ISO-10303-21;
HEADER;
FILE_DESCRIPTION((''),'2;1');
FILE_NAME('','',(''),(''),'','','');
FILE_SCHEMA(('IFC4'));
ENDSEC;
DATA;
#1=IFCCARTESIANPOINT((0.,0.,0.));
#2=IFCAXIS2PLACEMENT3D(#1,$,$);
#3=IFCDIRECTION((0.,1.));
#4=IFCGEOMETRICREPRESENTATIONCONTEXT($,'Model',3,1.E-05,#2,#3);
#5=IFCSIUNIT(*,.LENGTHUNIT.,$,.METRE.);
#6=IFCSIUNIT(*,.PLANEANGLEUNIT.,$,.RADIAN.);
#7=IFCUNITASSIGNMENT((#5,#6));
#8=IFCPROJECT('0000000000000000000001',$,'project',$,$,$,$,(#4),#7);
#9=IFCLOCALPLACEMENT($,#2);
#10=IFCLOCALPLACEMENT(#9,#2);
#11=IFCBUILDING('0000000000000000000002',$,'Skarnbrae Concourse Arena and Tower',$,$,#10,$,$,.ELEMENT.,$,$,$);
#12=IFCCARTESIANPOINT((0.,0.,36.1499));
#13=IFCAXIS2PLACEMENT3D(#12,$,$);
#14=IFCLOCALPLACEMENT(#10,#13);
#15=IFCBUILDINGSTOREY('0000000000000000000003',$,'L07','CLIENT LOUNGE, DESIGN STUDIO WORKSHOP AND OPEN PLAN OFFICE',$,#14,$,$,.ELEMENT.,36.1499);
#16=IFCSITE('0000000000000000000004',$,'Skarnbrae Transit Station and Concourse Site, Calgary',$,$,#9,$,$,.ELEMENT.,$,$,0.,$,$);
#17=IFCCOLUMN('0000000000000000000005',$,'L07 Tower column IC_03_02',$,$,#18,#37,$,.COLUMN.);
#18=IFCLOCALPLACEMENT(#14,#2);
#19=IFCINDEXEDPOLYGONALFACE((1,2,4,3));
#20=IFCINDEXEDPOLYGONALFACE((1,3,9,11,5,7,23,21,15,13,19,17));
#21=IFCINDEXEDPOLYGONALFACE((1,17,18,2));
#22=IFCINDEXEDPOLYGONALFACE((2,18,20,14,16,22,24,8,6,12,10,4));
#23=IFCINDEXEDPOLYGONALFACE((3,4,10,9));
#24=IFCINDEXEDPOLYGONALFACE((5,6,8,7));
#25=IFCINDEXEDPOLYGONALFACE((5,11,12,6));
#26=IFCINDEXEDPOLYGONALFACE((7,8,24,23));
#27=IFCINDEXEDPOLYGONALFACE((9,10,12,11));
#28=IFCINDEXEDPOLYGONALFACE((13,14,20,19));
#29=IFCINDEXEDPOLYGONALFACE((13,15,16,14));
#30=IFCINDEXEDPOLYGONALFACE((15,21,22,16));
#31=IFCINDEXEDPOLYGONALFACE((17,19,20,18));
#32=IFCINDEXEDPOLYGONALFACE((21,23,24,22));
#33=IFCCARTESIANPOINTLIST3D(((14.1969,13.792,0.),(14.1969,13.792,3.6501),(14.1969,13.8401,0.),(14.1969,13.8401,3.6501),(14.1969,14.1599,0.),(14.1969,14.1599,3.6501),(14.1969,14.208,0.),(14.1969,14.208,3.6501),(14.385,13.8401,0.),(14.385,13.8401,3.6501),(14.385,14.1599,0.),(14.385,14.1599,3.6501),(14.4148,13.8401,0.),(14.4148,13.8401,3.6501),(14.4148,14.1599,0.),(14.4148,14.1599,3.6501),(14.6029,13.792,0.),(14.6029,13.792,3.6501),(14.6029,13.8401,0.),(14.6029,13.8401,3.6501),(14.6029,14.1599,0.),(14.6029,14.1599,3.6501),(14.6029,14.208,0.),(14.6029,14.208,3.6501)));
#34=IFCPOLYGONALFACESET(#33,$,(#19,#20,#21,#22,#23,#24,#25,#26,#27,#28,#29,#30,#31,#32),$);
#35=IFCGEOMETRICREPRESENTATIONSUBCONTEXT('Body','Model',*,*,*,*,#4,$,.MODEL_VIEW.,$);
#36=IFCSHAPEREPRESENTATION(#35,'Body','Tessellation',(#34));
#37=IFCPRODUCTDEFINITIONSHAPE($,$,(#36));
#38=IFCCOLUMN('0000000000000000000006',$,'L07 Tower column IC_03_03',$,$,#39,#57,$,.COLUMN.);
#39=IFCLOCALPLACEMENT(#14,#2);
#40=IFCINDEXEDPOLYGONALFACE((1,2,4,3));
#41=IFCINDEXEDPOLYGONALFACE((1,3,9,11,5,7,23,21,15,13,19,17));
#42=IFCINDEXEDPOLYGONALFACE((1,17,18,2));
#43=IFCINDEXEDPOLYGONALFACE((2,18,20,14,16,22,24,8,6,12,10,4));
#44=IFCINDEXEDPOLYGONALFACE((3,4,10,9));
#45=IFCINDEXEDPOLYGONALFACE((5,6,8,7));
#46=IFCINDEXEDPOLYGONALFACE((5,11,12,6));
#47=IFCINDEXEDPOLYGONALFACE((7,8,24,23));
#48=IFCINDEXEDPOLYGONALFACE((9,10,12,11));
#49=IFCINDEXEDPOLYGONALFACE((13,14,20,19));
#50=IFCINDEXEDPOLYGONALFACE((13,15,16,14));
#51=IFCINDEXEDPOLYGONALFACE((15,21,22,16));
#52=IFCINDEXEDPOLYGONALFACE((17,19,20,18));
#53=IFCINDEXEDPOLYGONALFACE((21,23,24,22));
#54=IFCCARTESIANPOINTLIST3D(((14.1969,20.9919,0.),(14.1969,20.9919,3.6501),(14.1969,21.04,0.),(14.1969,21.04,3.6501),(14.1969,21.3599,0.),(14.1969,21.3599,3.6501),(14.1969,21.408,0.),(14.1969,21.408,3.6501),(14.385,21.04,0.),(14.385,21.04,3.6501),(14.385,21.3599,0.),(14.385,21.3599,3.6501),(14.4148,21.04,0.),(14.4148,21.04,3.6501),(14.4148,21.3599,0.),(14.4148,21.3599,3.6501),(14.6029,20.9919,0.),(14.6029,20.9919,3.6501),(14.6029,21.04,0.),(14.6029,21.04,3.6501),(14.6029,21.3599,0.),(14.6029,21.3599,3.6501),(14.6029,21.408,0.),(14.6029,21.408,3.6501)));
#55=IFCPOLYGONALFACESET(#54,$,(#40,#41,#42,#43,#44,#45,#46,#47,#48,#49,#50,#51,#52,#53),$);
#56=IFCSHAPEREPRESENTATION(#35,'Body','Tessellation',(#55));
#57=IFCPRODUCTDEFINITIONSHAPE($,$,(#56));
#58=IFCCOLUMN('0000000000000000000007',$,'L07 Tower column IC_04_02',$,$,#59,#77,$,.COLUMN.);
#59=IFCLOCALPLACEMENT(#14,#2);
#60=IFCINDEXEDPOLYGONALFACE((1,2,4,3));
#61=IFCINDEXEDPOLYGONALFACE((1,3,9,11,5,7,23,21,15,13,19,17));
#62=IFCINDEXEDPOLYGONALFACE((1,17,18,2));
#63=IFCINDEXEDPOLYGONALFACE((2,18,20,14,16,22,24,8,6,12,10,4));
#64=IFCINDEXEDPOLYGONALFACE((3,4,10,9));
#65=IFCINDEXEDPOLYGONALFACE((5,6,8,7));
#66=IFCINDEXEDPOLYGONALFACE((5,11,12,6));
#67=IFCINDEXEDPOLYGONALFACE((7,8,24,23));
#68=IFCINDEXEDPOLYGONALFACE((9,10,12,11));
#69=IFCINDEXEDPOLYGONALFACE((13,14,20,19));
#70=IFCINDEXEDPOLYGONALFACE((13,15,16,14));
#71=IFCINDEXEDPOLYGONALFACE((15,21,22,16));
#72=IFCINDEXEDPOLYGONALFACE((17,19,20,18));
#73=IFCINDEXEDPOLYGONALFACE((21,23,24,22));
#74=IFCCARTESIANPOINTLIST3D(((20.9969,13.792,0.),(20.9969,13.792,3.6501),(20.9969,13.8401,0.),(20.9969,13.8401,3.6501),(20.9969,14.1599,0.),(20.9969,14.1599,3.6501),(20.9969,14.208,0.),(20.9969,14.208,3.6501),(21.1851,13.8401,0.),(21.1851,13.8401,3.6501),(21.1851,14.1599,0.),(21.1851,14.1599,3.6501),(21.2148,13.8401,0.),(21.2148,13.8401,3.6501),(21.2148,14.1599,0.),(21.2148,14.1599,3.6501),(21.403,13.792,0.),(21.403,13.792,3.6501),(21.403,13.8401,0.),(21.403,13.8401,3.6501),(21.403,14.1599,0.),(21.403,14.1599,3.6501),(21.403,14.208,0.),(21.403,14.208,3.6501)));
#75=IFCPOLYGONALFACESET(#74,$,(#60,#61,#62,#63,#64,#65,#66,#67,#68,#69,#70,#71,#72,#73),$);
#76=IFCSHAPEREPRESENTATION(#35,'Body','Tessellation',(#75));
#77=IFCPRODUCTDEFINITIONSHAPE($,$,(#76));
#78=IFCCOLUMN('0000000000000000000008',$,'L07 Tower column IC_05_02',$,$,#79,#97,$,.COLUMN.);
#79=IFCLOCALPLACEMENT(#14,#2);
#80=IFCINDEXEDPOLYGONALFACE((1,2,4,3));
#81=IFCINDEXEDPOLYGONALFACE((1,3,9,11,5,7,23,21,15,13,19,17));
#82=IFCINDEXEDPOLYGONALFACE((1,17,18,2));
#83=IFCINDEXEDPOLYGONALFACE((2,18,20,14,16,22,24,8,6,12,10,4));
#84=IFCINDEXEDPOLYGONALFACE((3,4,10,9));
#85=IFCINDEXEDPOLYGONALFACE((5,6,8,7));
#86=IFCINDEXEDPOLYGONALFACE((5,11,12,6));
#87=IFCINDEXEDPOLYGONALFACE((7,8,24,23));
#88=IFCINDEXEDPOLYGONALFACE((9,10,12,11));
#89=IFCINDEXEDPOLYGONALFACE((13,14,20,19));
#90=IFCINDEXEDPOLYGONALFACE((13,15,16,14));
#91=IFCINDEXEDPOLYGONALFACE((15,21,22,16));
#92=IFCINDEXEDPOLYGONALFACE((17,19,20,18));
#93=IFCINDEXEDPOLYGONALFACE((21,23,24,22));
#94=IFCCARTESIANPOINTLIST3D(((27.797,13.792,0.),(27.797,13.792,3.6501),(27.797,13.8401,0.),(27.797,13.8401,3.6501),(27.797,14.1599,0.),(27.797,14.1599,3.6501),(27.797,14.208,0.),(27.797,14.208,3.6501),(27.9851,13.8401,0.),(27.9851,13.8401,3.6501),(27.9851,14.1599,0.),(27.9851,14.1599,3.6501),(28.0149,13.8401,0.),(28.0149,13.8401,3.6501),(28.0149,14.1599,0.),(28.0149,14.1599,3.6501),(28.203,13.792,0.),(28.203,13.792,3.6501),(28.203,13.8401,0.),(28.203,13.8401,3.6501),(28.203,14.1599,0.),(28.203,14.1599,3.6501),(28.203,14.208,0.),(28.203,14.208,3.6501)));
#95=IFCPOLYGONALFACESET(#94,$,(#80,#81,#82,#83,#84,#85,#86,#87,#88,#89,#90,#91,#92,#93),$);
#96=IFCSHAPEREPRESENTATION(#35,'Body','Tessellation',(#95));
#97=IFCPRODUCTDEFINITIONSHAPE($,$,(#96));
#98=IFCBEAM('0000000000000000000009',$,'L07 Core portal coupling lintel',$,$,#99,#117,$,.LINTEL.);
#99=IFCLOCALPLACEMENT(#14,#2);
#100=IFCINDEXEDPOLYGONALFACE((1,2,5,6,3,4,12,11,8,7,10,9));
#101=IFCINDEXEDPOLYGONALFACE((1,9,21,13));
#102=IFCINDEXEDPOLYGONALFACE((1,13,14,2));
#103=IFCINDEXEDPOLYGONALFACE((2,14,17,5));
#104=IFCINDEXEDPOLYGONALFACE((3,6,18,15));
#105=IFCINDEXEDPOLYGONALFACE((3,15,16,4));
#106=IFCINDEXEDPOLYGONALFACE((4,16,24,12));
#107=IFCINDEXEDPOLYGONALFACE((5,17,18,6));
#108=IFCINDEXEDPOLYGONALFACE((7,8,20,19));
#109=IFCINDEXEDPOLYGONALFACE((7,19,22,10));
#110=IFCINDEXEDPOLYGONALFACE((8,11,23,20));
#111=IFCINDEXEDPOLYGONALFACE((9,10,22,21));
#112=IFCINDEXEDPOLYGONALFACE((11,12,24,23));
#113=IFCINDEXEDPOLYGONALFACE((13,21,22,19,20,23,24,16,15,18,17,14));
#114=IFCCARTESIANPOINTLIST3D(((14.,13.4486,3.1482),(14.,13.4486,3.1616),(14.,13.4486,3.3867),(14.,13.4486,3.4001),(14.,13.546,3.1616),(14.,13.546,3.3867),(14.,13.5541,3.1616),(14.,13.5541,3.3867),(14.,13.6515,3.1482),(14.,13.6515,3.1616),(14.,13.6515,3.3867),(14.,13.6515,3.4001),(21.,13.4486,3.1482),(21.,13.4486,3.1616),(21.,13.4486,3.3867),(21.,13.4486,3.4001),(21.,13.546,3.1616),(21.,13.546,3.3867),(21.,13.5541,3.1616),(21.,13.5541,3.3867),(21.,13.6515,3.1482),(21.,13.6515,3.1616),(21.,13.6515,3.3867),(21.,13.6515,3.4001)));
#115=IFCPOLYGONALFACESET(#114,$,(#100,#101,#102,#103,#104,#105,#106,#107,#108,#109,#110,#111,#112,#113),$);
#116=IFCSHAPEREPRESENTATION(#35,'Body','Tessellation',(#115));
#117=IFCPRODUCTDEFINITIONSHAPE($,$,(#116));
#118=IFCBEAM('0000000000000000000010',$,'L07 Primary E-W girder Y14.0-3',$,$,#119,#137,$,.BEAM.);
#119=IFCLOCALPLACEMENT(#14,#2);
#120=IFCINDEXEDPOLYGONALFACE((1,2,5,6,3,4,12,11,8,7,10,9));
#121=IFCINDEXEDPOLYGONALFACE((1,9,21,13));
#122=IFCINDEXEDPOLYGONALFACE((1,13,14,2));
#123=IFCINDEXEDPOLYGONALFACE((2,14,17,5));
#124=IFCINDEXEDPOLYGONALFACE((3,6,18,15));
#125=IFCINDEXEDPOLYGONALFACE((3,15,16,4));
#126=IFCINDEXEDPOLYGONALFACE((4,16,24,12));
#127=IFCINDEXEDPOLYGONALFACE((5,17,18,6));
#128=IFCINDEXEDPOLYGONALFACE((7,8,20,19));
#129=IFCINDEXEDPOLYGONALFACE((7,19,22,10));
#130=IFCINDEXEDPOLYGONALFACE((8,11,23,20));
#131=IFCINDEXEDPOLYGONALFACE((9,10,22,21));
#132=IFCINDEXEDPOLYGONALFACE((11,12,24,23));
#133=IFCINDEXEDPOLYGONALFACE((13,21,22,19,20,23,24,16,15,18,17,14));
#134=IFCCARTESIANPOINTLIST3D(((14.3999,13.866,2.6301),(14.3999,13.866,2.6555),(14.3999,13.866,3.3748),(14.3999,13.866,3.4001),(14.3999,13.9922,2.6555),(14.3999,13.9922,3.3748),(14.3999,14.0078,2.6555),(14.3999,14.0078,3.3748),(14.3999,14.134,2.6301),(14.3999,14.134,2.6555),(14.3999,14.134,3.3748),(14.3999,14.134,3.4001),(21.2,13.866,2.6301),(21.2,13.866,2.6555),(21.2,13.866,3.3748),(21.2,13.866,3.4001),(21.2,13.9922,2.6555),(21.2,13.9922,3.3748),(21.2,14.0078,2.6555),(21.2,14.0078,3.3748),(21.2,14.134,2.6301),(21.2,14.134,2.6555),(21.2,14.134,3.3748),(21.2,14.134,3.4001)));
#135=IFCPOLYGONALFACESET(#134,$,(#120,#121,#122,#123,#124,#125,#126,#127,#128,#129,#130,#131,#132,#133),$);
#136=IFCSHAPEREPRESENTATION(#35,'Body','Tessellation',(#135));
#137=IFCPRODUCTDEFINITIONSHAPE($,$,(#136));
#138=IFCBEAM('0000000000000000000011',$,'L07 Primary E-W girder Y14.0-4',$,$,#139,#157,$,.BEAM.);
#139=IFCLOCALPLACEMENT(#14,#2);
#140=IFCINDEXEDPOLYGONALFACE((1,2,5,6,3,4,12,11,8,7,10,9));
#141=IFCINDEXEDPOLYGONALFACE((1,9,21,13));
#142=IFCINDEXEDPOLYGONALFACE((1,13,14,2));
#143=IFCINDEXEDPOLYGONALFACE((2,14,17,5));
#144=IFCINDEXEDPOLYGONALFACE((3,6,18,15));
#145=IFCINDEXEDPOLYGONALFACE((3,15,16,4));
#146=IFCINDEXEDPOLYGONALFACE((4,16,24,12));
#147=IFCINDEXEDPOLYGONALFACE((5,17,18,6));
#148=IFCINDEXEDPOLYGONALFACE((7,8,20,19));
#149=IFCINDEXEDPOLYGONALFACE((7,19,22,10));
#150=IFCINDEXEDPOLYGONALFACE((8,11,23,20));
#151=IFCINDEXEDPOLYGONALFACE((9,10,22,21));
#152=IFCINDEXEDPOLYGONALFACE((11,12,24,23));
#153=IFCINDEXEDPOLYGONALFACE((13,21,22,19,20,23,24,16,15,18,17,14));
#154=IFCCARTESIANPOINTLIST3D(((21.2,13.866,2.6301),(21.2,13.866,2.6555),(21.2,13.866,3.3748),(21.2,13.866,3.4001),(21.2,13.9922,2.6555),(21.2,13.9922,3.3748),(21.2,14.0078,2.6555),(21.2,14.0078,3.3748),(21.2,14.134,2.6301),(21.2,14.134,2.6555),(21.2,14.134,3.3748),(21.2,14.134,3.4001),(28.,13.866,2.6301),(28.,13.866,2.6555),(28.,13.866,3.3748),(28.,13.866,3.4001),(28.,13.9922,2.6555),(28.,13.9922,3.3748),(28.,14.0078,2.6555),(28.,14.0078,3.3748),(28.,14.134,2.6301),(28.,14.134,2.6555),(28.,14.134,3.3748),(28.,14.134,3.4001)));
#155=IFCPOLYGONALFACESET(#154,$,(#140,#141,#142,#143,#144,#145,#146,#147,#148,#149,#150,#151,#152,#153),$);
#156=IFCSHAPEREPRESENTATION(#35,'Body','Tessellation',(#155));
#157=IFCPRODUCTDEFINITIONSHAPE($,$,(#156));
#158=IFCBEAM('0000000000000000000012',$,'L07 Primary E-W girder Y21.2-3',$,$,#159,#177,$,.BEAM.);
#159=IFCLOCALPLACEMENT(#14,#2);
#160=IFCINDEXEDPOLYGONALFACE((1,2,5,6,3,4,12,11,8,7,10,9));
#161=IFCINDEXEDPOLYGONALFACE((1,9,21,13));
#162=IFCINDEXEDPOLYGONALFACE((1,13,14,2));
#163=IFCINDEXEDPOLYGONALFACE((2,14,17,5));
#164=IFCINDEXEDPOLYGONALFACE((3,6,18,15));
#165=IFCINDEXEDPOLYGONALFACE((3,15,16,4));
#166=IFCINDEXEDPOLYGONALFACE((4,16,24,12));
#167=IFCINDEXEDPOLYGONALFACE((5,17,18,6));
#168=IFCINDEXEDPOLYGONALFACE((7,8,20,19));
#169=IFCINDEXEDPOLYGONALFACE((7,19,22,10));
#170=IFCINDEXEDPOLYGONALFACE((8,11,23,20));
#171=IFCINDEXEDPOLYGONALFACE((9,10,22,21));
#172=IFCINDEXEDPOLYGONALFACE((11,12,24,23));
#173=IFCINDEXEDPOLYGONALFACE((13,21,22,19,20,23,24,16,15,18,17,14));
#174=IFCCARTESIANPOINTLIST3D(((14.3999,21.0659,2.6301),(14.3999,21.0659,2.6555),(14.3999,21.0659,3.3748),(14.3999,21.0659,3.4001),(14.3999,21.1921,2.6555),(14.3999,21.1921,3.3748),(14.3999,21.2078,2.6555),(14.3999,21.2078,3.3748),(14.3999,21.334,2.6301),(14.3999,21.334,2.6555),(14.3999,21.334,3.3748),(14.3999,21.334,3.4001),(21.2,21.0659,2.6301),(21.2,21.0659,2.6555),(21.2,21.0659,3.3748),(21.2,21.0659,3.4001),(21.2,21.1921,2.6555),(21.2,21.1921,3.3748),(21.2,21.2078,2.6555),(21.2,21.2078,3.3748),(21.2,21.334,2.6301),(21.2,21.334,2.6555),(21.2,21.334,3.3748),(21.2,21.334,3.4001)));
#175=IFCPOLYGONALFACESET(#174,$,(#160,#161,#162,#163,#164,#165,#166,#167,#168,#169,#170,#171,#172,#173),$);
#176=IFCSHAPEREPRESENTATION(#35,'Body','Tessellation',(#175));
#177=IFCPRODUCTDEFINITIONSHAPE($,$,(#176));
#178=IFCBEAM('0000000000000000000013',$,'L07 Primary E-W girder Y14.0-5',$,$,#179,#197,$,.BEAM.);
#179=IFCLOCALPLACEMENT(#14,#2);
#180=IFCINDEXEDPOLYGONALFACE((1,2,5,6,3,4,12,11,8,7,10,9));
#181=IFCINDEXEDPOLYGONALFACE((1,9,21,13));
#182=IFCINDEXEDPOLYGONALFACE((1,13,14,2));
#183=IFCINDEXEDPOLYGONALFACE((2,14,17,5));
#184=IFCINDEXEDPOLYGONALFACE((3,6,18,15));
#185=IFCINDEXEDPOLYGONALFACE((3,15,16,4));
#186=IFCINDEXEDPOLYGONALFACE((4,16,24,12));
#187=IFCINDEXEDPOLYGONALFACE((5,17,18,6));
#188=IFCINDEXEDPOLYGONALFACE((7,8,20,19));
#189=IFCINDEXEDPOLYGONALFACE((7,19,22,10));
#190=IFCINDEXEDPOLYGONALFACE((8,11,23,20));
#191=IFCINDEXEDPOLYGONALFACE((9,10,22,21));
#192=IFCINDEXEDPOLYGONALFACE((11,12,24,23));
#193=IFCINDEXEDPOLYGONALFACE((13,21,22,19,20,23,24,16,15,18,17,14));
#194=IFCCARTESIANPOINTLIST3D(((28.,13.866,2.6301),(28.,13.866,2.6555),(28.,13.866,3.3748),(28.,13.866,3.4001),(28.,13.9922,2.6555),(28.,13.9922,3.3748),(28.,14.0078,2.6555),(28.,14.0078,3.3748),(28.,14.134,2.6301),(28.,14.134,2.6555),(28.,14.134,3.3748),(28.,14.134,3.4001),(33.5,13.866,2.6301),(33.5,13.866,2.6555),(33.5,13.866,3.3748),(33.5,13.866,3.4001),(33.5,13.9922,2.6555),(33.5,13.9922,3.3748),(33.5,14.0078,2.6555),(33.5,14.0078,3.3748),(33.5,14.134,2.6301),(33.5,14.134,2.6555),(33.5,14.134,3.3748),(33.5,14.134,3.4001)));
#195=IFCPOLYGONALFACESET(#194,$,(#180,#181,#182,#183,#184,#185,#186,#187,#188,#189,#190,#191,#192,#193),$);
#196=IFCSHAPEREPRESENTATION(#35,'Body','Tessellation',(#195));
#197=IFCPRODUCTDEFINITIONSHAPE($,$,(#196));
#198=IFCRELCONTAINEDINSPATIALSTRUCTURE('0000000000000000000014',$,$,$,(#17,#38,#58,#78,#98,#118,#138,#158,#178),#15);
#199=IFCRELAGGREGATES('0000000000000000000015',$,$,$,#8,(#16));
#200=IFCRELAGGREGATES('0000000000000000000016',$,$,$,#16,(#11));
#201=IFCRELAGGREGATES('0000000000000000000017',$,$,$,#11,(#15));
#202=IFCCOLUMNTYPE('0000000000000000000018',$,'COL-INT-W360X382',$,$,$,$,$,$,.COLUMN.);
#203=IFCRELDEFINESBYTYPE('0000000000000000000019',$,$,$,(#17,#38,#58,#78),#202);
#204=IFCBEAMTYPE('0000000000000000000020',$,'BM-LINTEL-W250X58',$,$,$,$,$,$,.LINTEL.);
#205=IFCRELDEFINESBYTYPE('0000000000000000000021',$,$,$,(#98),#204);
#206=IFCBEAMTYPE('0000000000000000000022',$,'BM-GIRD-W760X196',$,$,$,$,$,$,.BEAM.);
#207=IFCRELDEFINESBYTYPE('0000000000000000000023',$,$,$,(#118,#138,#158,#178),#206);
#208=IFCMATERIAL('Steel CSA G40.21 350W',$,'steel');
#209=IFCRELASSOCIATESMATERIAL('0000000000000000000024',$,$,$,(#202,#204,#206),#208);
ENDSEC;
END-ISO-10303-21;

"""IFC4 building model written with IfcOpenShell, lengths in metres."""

from ifc_helpers import new_model, si_unit, direction, frame, origin, origin_2d, place, context, subcontext, project, spatial, i_section, extrude, source, transform, mapped, material, material_profile, profile_set, type_object, element, save


model = new_model("IFC4")

# Units and contexts
model_context = context("Model", 3, precision=1e-05, world=origin(), true_north=direction((0.0, 1.0)))
body_context = subcontext(model_context, "Body", "Model", "MODEL_VIEW")
ifc_project = project(units=[si_unit("LENGTHUNIT", "METRE"), si_unit("PLANEANGLEUNIT", "RADIAN")], contexts=[model_context])

# Site, building, storey
site_placement = place(None, origin())
site = spatial("IfcSite", under=ifc_project, at=site_placement, Name="Skarnbrae Transit Station and Concourse Site, Calgary", CompositionType="ELEMENT", RefElevation=0.0)
building_placement = place(site_placement, origin())
building = spatial("IfcBuilding", under=site, at=building_placement, Name="Skarnbrae Concourse Arena and Tower", CompositionType="ELEMENT")
storey_placement = place(building_placement, frame((0.0, 0.0, 36.1499)))
storey = spatial("IfcBuildingStorey", under=building, at=storey_placement, Name="L07", Description="CLIENT LOUNGE, DESIGN STUDIO WORKSHOP AND OPEN PLAN OFFICE", CompositionType="ELEMENT", Elevation=36.1499)

# Columns
ifc_material_1 = material(Name="Steel CSA G40.21 350W", Category="steel")
ifc_material_profile_1 = material_profile(ifc_material_1, i_section(OverallWidth=0.406, OverallDepth=0.416, WebThickness=0.0298, FlangeThickness=0.0481, at=origin_2d()), Name="W360X382")
ifc_profile_set_1 = profile_set([ifc_material_profile_1], Name="Steel CSA G40.21 350W")
column_type = type_object("IfcColumnType", Name="COL-INT-W360X382", PredefinedType="COLUMN", material=ifc_profile_set_1)
shared_shape_1 = source(origin(), body_context, "Body", "SweptSolid", [
    extrude(i_section(OverallWidth=0.406, OverallDepth=0.416, WebThickness=0.0298, FlangeThickness=0.0481, at=origin_2d()), origin(), (0.0, 0.0, 1.0), 3.6501),
])
for number, where, z_axis, x_axis, name in (
    (1, (14.3999, 14.0, 0.0), (0.0, 0.0, 1.0), (1.0, 0.0, 0.0), "L07 Tower column IC_03_02"),
    (2, (14.3999, 21.2, 0.0), (0.0, 0.0, 1.0), (1.0, 0.0, 0.0), "L07 Tower column IC_03_03"),
    (3, (21.2, 14.0, 0.0), (0.0, 0.0, 1.0), (1.0, 0.0, 0.0), "L07 Tower column IC_04_02"),
    (4, (28.0, 14.0, 0.0), (0.0, 0.0, 1.0), (1.0, 0.0, 0.0), "L07 Tower column IC_05_02"),
):
    element("IfcColumn", number, at=place(storey_placement, frame(where, z_axis=z_axis, x_axis=x_axis)), inside=storey, type_object=column_type, Name=name, PredefinedType="COLUMN", context=body_context, shape_type="MappedRepresentation", body=[
        mapped(shared_shape_1, transform((0.0, 0.0, 0.0))),
    ])

# Beams
ifc_material_profile_2 = material_profile(ifc_material_1, i_section(OverallWidth=0.2029, OverallDepth=0.252, WebThickness=0.0081, FlangeThickness=0.0134, at=origin_2d()), Name="W250X58")
ifc_profile_set_2 = profile_set([ifc_material_profile_2], Name="Steel CSA G40.21 350W")
beam_type_1 = type_object("IfcBeamType", Name="BM-LINTEL-W250X58", PredefinedType="LINTEL", material=ifc_profile_set_2)
shared_shape_2 = source(origin(), body_context, "Body", "SweptSolid", [
    extrude(i_section(OverallWidth=0.2029, OverallDepth=0.252, WebThickness=0.0081, FlangeThickness=0.0134, at=origin_2d()), origin(), (0.0, 0.0, 1.0), 7.0),
])
beam_1_placement = place(storey_placement, frame((14.0, 13.55, 3.2742), z_axis=(1.0, 0.0, 0.0), x_axis=(0.0, 1.0, 0.0)))
element("IfcBeam", 5, at=beam_1_placement, inside=storey, type_object=beam_type_1, Name="L07 Core portal coupling lintel", PredefinedType="LINTEL", context=body_context, shape_type="MappedRepresentation", body=[
    mapped(shared_shape_2, transform((0.0, 0.0, 0.0))),
])
ifc_material_profile_3 = material_profile(ifc_material_1, i_section(OverallWidth=0.2681, OverallDepth=0.77, WebThickness=0.0156, FlangeThickness=0.0254, at=origin_2d()), Name="W760X196")
ifc_profile_set_3 = profile_set([ifc_material_profile_3], Name="Steel CSA G40.21 350W")
beam_type_2 = type_object("IfcBeamType", Name="BM-GIRD-W760X196", PredefinedType="BEAM", material=ifc_profile_set_3)
shared_shape_3 = source(origin(), body_context, "Body", "SweptSolid", [
    extrude(i_section(OverallWidth=0.2681, OverallDepth=0.77, WebThickness=0.0156, FlangeThickness=0.0254, at=origin_2d()), origin(), (0.0, 0.0, 1.0), 6.8),
])
for number, where, z_axis, x_axis, name in (
    (6, (14.3999, 14.0, 3.0151), (1.0, 0.0, 0.0), (0.0, 1.0, 0.0), "L07 Primary E-W girder Y14.0-3"),
    (7, (21.2, 14.0, 3.0151), (1.0, 0.0, 0.0), (0.0, 1.0, 0.0), "L07 Primary E-W girder Y14.0-4"),
    (8, (14.3999, 21.2, 3.0151), (1.0, 0.0, 0.0), (0.0, 1.0, 0.0), "L07 Primary E-W girder Y21.2-3"),
):
    element("IfcBeam", number, at=place(storey_placement, frame(where, z_axis=z_axis, x_axis=x_axis)), inside=storey, type_object=beam_type_2, Name=name, PredefinedType="BEAM", context=body_context, shape_type="MappedRepresentation", body=[
        mapped(shared_shape_3, transform((0.0, 0.0, 0.0))),
    ])
shared_shape_4 = source(origin(), body_context, "Body", "SweptSolid", [
    extrude(i_section(OverallWidth=0.2681, OverallDepth=0.77, WebThickness=0.0156, FlangeThickness=0.0254, at=origin_2d()), origin(), (0.0, 0.0, 1.0), 5.5),
])
beam_2_placement = place(storey_placement, frame((28.0, 14.0, 3.0151), z_axis=(1.0, 0.0, 0.0), x_axis=(0.0, 1.0, 0.0)))
element("IfcBeam", 9, at=beam_2_placement, inside=storey, type_object=beam_type_2, Name="L07 Primary E-W girder Y14.0-5", PredefinedType="BEAM", context=body_context, shape_type="MappedRepresentation", body=[
    mapped(shared_shape_4, transform((0.0, 0.0, 0.0))),
])

save(model, "model.ifc")
